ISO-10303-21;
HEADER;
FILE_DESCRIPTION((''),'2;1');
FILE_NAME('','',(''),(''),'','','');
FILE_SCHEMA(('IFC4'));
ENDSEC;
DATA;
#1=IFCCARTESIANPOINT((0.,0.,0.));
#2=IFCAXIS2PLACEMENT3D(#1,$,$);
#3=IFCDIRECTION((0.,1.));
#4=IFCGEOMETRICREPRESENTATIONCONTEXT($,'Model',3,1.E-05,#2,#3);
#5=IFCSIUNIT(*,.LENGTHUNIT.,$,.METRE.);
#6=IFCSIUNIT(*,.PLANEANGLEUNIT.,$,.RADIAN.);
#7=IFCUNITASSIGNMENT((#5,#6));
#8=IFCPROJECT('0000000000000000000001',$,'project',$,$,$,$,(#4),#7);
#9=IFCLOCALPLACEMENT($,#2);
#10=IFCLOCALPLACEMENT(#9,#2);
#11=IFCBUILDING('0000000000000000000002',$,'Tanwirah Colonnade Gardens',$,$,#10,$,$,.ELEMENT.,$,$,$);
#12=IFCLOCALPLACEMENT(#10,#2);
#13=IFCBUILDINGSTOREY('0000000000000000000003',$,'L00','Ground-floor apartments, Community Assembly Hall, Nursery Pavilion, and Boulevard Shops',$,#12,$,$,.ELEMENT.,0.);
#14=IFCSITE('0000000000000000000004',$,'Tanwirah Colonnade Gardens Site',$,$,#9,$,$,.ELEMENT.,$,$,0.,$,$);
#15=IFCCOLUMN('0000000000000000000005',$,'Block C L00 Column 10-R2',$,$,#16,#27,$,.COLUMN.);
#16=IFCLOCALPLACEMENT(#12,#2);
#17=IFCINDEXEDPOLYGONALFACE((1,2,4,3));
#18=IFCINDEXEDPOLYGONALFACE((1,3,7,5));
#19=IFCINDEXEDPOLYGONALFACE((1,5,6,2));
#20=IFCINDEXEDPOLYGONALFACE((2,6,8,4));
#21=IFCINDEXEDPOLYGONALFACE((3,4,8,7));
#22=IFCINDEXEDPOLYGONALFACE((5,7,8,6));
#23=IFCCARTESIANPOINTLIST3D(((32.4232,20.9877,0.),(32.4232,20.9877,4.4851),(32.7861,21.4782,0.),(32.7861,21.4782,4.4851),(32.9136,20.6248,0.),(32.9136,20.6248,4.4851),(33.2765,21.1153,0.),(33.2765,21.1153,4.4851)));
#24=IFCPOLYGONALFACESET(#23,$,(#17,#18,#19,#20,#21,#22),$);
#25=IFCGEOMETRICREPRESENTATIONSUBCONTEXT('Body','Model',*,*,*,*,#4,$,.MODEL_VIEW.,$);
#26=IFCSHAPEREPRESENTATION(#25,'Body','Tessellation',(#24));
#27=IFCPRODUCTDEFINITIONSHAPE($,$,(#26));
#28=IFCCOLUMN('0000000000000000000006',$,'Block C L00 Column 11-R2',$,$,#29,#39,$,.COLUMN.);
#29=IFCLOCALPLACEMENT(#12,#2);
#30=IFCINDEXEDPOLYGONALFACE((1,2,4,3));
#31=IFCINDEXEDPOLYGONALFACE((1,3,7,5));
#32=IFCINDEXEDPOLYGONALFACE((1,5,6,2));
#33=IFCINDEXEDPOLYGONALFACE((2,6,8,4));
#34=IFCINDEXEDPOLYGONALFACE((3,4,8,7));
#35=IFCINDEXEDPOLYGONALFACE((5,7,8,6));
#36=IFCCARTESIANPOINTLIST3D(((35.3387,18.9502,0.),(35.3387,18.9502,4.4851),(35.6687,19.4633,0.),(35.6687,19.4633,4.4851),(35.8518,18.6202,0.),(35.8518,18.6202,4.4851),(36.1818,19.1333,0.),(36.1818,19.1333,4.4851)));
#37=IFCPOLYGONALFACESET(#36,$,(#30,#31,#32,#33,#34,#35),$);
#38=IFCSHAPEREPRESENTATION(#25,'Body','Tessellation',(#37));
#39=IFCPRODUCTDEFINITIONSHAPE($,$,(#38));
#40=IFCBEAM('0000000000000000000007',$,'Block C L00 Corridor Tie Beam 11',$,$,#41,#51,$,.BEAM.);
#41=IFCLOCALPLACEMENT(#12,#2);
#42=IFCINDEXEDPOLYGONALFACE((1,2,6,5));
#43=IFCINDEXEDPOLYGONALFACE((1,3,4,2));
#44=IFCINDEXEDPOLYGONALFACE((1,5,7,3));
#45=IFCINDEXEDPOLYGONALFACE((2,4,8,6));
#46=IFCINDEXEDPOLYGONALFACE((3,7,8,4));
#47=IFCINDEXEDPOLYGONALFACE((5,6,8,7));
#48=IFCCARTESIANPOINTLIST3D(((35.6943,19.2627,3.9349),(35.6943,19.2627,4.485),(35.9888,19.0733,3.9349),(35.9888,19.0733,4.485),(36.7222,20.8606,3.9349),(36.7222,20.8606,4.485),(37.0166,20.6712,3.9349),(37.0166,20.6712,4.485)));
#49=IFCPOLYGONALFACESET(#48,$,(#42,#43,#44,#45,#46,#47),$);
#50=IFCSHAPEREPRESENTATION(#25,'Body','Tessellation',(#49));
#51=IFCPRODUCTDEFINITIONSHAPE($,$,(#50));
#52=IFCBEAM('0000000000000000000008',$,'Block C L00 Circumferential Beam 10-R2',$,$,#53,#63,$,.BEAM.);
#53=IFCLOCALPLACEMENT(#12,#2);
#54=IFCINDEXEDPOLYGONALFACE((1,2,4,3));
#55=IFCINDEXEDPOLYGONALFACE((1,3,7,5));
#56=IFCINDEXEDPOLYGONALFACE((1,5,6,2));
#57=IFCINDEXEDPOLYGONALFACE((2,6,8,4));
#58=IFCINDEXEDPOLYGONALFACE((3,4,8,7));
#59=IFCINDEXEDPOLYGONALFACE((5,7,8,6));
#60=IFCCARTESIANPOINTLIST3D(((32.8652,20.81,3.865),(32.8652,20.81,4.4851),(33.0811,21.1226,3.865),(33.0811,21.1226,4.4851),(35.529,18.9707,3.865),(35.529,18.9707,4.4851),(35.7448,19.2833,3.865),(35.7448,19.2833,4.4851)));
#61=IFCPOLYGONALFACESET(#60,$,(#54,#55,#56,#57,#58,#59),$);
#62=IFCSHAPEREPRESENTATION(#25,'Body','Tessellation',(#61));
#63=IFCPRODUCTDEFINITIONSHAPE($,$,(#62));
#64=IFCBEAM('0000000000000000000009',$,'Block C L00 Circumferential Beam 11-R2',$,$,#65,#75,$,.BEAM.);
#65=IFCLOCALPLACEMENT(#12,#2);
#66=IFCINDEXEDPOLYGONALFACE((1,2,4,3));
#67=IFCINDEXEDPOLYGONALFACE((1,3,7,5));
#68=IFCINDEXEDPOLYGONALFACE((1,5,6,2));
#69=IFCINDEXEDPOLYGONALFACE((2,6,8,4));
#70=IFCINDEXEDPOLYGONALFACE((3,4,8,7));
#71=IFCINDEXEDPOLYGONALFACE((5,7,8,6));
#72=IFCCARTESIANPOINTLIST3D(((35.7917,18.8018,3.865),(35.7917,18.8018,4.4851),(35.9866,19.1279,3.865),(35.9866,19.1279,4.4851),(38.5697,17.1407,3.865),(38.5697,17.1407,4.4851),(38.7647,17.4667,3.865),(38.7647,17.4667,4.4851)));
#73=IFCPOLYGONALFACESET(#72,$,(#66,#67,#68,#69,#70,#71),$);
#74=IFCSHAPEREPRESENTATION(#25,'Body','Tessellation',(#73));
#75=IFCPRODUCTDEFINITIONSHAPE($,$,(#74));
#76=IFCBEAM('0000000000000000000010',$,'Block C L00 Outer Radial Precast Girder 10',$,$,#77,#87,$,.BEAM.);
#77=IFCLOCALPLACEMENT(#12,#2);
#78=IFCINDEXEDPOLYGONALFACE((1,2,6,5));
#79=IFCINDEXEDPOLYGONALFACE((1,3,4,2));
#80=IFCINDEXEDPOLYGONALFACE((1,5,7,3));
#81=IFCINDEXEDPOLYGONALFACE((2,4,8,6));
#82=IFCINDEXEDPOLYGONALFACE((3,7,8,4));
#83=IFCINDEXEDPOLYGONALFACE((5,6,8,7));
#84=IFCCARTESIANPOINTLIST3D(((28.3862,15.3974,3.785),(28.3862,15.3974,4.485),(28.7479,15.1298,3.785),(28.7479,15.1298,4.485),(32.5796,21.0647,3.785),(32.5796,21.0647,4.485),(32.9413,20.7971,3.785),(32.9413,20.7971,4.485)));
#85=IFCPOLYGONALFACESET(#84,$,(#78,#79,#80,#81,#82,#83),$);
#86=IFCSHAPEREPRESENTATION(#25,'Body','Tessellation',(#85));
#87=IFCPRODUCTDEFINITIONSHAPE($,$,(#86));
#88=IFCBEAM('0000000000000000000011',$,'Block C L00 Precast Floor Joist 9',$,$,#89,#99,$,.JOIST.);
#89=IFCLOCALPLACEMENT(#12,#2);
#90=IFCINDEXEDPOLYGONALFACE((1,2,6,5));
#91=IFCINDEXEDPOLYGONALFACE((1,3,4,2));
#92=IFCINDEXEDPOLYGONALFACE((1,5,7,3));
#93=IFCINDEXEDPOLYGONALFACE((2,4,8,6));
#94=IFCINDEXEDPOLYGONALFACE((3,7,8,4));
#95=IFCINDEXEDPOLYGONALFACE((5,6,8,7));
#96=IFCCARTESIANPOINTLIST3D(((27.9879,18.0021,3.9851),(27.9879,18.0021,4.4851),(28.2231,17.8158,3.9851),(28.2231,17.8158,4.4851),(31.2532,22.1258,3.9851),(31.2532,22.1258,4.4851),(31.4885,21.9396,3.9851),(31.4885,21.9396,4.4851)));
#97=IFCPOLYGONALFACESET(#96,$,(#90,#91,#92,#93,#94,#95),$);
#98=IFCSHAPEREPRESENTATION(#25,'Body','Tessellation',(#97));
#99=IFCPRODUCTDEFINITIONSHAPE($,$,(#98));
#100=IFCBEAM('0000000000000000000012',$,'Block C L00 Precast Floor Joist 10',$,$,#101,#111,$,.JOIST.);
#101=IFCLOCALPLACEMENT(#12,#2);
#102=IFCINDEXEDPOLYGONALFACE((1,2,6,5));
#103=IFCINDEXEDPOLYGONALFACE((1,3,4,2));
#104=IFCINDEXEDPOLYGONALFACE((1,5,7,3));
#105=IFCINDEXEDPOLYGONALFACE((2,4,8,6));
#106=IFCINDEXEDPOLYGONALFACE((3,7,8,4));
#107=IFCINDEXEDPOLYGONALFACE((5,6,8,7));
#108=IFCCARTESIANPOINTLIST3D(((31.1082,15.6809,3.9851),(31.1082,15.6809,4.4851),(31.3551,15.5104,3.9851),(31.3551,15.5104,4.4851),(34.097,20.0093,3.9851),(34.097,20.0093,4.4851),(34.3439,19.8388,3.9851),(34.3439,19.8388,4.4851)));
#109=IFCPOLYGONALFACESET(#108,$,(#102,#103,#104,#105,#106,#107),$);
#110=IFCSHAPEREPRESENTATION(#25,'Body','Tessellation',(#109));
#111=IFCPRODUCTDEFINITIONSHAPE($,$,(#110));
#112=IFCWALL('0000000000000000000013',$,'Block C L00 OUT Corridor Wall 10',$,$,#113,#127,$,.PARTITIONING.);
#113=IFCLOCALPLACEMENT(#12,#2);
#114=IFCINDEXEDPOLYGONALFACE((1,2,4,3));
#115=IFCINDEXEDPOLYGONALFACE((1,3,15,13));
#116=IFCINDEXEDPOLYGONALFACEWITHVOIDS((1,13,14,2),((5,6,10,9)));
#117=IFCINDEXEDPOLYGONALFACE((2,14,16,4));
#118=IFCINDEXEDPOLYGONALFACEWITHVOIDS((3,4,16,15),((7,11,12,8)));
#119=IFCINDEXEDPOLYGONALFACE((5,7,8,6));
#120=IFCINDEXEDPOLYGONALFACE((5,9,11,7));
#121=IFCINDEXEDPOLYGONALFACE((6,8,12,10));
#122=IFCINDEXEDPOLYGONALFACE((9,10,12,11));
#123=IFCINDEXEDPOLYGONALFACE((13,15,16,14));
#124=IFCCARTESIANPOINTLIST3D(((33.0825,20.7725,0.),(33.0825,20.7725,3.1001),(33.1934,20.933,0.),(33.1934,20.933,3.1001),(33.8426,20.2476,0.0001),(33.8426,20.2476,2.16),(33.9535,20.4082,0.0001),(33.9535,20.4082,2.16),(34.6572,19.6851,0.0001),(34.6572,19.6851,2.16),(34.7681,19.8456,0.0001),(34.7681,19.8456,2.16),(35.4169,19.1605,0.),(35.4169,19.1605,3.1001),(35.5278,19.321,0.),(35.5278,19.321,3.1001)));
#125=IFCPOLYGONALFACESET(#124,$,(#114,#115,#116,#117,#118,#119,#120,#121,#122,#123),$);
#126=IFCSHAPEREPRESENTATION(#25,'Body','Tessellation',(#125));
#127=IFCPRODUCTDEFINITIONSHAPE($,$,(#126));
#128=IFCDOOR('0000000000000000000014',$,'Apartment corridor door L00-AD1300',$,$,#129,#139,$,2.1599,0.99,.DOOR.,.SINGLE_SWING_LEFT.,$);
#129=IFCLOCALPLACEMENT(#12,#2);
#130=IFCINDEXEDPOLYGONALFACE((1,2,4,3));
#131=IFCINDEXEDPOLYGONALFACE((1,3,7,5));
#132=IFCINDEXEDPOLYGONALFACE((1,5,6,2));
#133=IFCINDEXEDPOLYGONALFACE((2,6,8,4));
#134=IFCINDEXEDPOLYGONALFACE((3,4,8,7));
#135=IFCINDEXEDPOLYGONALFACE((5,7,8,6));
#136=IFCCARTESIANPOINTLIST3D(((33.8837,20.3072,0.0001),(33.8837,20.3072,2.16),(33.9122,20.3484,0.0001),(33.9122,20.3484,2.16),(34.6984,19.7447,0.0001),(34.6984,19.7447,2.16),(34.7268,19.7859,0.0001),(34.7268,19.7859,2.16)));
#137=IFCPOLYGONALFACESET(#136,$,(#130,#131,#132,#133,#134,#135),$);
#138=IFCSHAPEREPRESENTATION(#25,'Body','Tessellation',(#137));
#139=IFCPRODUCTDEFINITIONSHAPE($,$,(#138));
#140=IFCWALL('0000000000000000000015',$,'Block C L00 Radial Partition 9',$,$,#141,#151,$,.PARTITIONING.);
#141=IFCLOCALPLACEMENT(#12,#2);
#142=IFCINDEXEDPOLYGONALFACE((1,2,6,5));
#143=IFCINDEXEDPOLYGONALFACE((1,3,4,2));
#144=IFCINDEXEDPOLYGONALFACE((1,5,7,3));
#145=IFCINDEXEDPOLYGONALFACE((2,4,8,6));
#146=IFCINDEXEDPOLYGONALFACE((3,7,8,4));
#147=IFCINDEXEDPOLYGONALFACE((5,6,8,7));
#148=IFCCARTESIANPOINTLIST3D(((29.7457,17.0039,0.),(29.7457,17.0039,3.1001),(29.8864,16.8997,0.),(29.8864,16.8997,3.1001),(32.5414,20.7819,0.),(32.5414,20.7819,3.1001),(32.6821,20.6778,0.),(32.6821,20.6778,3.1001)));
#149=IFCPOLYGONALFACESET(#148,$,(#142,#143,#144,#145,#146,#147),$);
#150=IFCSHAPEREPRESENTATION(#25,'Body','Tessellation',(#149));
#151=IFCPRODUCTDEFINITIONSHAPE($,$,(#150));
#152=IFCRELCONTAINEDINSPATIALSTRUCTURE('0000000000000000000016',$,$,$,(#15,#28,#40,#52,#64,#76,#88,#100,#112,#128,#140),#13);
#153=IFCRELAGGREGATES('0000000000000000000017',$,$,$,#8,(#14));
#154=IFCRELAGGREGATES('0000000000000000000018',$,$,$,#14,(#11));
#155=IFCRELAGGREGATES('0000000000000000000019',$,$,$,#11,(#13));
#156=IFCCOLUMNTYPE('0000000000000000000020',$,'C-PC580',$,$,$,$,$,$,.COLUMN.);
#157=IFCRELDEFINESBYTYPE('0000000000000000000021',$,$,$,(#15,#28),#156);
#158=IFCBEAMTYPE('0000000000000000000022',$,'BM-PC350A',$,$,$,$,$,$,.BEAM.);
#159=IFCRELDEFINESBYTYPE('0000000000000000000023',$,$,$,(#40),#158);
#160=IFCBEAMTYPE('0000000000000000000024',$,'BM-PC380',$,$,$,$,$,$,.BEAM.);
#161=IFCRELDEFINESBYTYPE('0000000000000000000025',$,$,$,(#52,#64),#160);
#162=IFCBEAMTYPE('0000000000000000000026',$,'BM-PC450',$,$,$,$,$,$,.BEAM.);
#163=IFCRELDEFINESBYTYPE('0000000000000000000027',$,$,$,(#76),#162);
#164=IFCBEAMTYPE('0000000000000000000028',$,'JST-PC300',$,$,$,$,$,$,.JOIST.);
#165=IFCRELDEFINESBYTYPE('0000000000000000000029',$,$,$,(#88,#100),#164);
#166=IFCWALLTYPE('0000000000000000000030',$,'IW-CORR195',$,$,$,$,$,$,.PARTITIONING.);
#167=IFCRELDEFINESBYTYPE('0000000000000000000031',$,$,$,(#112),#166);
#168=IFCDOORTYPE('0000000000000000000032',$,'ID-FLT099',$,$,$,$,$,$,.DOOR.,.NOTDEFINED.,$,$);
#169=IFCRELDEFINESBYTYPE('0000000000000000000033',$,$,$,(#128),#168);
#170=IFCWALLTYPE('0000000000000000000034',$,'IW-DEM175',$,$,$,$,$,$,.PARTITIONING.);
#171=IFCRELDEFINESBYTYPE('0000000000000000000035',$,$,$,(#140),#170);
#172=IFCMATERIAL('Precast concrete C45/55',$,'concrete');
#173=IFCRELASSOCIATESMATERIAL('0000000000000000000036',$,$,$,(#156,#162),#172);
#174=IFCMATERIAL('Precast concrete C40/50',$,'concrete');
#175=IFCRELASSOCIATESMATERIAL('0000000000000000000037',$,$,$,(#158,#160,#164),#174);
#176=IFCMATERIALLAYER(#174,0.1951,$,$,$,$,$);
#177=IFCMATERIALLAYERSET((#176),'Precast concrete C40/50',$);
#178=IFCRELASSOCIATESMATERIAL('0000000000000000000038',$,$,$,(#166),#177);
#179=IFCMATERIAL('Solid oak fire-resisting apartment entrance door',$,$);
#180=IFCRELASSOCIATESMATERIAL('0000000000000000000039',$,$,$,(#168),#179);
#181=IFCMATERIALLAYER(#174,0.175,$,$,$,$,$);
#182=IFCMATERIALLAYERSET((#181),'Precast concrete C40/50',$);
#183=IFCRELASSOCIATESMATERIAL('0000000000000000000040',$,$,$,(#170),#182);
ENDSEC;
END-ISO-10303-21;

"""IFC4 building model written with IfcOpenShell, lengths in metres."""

from ifc_helpers import new_model, si_unit, direction, frame, frame_2d, origin, origin_2d, place, context, subcontext, project, spatial, rectangle, extrude, material, layer, layer_set, material_profile, profile_set, type_object, element, fill, save


model = new_model("IFC4")

# Units and contexts
model_context = context("Model", 3, precision=1e-05, world=origin(), true_north=direction((0.0, 1.0)))
body_context = subcontext(model_context, "Body", "Model", "MODEL_VIEW")
ifc_project = project(units=[si_unit("LENGTHUNIT", "METRE"), si_unit("PLANEANGLEUNIT", "RADIAN")], contexts=[model_context])

# Site, building, storey
site_placement = place(None, origin())
site = spatial("IfcSite", under=ifc_project, at=site_placement, Name="Tanwirah Colonnade Gardens Site", CompositionType="ELEMENT", RefElevation=0.0)
building_placement = place(site_placement, origin())
building = spatial("IfcBuilding", under=site, at=building_placement, Name="Tanwirah Colonnade Gardens", CompositionType="ELEMENT")
storey_placement = place(building_placement, origin())
storey = spatial("IfcBuildingStorey", under=building, at=storey_placement, Name="L00", Description="Ground-floor apartments, Community Assembly Hall, Nursery Pavilion, and Boulevard Shops", CompositionType="ELEMENT", Elevation=0.0)

# Columns
ifc_material_1 = material(Name="Precast concrete C45/55", Category="concrete")
ifc_material_profile_1 = material_profile(ifc_material_1, rectangle(XDim=0.6101, YDim=0.6101, at=origin_2d()), Name="PC-COL 610x610")
ifc_profile_set_1 = profile_set([ifc_material_profile_1], Name="Precast concrete C45/55")
column_type = type_object("IfcColumnType", Name="C-PC580", PredefinedType="COLUMN", material=ifc_profile_set_1)
for number, where, z_axis, x_axis, name in (
    (1, (32.8499, 21.0515, 0.0), (0.0, 0.0, 1.0), (-0.594823, -0.803857, 0.0), "Block C L00 Column 10-R2"),
    (2, (35.7603, 19.0417, 0.0), (0.0, 0.0, 1.0), (-0.540974, -0.841039, 0.0), "Block C L00 Column 11-R2"),
):
    element("IfcColumn", number, at=place(storey_placement, frame(where, z_axis=z_axis, x_axis=x_axis)), inside=storey, type_object=column_type, Name=name, PredefinedType="COLUMN", context=body_context, shape_type="SweptSolid", body=[
        extrude(rectangle(XDim=0.6101, YDim=0.6101, at=origin_2d()), origin(), (0.0, 0.0, 1.0), 4.4851),
    ])

# Beams
ifc_material_2 = material(Name="Precast concrete C40/50", Category="concrete")
ifc_material_profile_2 = material_profile(ifc_material_2, rectangle(XDim=0.3501, YDim=0.55, at=origin_2d()), Name="PC-BM 350x550")
ifc_profile_set_2 = profile_set([ifc_material_profile_2], Name="Precast concrete C40/50")
beam_type_1 = type_object("IfcBeamType", Name="BM-PC350A", PredefinedType="BEAM", material=ifc_profile_set_2)
beam_1_placement = place(storey_placement, frame((36.8694, 20.7659, 4.21), z_axis=(-0.540985, -0.841032, 0.0), x_axis=(0.841032, -0.540985, 0.0)))
element("IfcBeam", 3, at=beam_1_placement, inside=storey, type_object=beam_type_1, Name="Block C L00 Corridor Tie Beam 11", PredefinedType="BEAM", context=body_context, shape_type="SweptSolid", body=[
    extrude(rectangle(XDim=0.3501, YDim=0.55, at=origin_2d()), origin(), (0.0, 0.0, 1.0), 1.8999),
])
ifc_material_profile_3 = material_profile(ifc_material_2, rectangle(XDim=0.3799, YDim=0.6201, at=origin_2d()), Name="PC-BM 380x620")
ifc_profile_set_3 = profile_set([ifc_material_profile_3], Name="Precast concrete C40/50")
beam_type_2 = type_object("IfcBeamType", Name="BM-PC380", PredefinedType="BEAM", material=ifc_profile_set_3)
beam_2_placement = place(storey_placement, frame((32.9731, 20.9663, 4.175), z_axis=(0.822889, -0.568202, 0.0), x_axis=(0.568202, 0.822889, 0.0)))
element("IfcBeam", 4, at=beam_2_placement, inside=storey, type_object=beam_type_2, Name="Block C L00 Circumferential Beam 10-R2", PredefinedType="BEAM", context=body_context, shape_type="SweptSolid", body=[
    extrude(rectangle(XDim=0.3799, YDim=0.6201, at=origin_2d()), origin(), (0.0, 0.0, 1.0), 3.2371),
])
beam_3_placement = place(storey_placement, frame((35.8892, 18.9648, 4.175), z_axis=(0.858271, -0.513197, 0.0), x_axis=(0.513197, 0.858271, 0.0)))
element("IfcBeam", 5, at=beam_3_placement, inside=storey, type_object=beam_type_2, Name="Block C L00 Circumferential Beam 11-R2", PredefinedType="BEAM", context=body_context, shape_type="SweptSolid", body=[
    extrude(rectangle(XDim=0.3799, YDim=0.6201, at=origin_2d()), origin(), (0.0, 0.0, 1.0), 3.2368),
])
ifc_material_profile_4 = material_profile(ifc_material_1, rectangle(XDim=0.45, YDim=0.7, at=origin_2d()), Name="PC-BM 450x700")
ifc_profile_set_4 = profile_set([ifc_material_profile_4], Name="Precast concrete C45/55")
beam_type_3 = type_object("IfcBeamType", Name="BM-PC450", PredefinedType="BEAM", material=ifc_profile_set_4)
beam_4_placement = place(storey_placement, frame((32.7605, 20.9309, 4.135), z_axis=(-0.594807, -0.803869, 0.0), x_axis=(0.803869, -0.594807, 0.0)))
element("IfcBeam", 6, at=beam_4_placement, inside=storey, type_object=beam_type_3, Name="Block C L00 Outer Radial Precast Girder 10", PredefinedType="BEAM", context=body_context, shape_type="SweptSolid", body=[
    extrude(rectangle(XDim=0.45, YDim=0.7, at=origin_2d()), origin(), (0.0, 0.0, 1.0), 7.05),
])
ifc_material_profile_5 = material_profile(ifc_material_2, rectangle(XDim=0.3, YDim=0.5, at=origin_2d()), Name="PC-JST 300x500")
ifc_profile_set_5 = profile_set([ifc_material_profile_5], Name="Precast concrete C40/50")
beam_type_4 = type_object("IfcBeamType", Name="JST-PC300", PredefinedType="JOIST", material=ifc_profile_set_5)
for number, where, z_axis, x_axis, name in (
    (7, (31.3708, 22.0327, 4.2351), (-0.620787, -0.783979, 0.0), (0.783979, -0.620787, 0.0), "Block C L00 Precast Floor Joist 9"),
    (8, (34.2205, 19.9241, 4.2351), (-0.568208, -0.822885, 0.0), (0.822885, -0.568208, 0.0), "Block C L00 Precast Floor Joist 10"),
):
    element("IfcBeam", number, at=place(storey_placement, frame(where, z_axis=z_axis, x_axis=x_axis)), inside=storey, type_object=beam_type_4, Name=name, PredefinedType="JOIST", context=body_context, shape_type="SweptSolid", body=[
        extrude(rectangle(XDim=0.3, YDim=0.5, at=origin_2d()), origin(), (0.0, 0.0, 1.0), 5.26),
    ])

# Wall, opening, door
ifc_layer_1 = layer(ifc_material_2, 0.1951)
ifc_layer_set_1 = layer_set([ifc_layer_1], Name="Precast concrete C40/50")
wall_type_1 = type_object("IfcWallType", Name="IW-CORR195", PredefinedType="PARTITIONING", material=ifc_layer_set_1)
wall_1_placement = place(storey_placement, frame((33.1379, 20.8528, 0.0), z_axis=(0.0, 0.0, 1.0), x_axis=(0.82287, -0.56823, 0.0)))
wall_1 = element("IfcWall", 9, at=wall_1_placement, inside=storey, type_object=wall_type_1, Name="Block C L00 OUT Corridor Wall 10", PredefinedType="PARTITIONING", context=body_context, shape_type="SweptSolid", body=[
    extrude(rectangle(XDim=2.8369, YDim=0.1951, at=frame_2d((1.4185, 0.0))), origin(), (0.0, 0.0, 1.0), 3.1001),
])
opening_1_placement = place(wall_1_placement, frame((0.9236, 0.0, 0.0)))
opening_1 = element("IfcOpeningElement", 10, at=opening_1_placement, cuts=wall_1, PredefinedType="OPENING", context=body_context, shape_type="SweptSolid", body=[
    extrude(rectangle(XDim=0.99, YDim=2.1599, at=frame_2d((0.4951, 1.0801))), frame((0.0, 0.1074, 0.0), z_axis=(0.0, -1.0, 0.0), x_axis=(1.0, 0.0, 0.0)), (0.0, 0.0, 1.0), 0.2151),
])
ifc_material_3 = material(Name="Solid oak fire-resisting apartment entrance door")
door_type_1 = type_object("IfcDoorType", Name="ID-FLT099", OperationType="NOTDEFINED", PredefinedType="DOOR", material=ifc_material_3)
door_1_placement = place(opening_1_placement, origin())
door_1 = element("IfcDoor", 11, at=door_1_placement, inside=storey, type_object=door_type_1, Name="Apartment corridor door L00-AD1300", OperationType="SINGLE_SWING_LEFT", OverallHeight=2.1599, OverallWidth=0.99, PredefinedType="DOOR", context=body_context, shape_type="SweptSolid", body=[
    extrude(rectangle(XDim=0.99, YDim=2.1599, at=frame_2d((0.4951, 1.0801))), frame((0.0, 0.0249, 0.0), z_axis=(0.0, -1.0, 0.0), x_axis=(1.0, 0.0, 0.0)), (0.0, 0.0, 1.0), 0.05),
])
fill(opening_1, door_1)

# Wall
ifc_layer_2 = layer(ifc_material_2, 0.175)
ifc_layer_set_2 = layer_set([ifc_layer_2], Name="Precast concrete C40/50")
wall_type_2 = type_object("IfcWallType", Name="IW-DEM175", PredefinedType="PARTITIONING", material=ifc_layer_set_2)
wall_2_placement = place(storey_placement, frame((32.6118, 20.73, 0.0), z_axis=(0.0, 0.0, 1.0), x_axis=(-0.594826, -0.803854, 0.0)))
element("IfcWall", 12, at=wall_2_placement, inside=storey, type_object=wall_type_2, Name="Block C L00 Radial Partition 9", PredefinedType="PARTITIONING", context=body_context, shape_type="SweptSolid", body=[
    extrude(rectangle(XDim=4.7, YDim=0.175, at=frame_2d((2.3501, 0.0))), origin(), (0.0, 0.0, 1.0), 3.1001),
])

save(model, "model.ifc")
